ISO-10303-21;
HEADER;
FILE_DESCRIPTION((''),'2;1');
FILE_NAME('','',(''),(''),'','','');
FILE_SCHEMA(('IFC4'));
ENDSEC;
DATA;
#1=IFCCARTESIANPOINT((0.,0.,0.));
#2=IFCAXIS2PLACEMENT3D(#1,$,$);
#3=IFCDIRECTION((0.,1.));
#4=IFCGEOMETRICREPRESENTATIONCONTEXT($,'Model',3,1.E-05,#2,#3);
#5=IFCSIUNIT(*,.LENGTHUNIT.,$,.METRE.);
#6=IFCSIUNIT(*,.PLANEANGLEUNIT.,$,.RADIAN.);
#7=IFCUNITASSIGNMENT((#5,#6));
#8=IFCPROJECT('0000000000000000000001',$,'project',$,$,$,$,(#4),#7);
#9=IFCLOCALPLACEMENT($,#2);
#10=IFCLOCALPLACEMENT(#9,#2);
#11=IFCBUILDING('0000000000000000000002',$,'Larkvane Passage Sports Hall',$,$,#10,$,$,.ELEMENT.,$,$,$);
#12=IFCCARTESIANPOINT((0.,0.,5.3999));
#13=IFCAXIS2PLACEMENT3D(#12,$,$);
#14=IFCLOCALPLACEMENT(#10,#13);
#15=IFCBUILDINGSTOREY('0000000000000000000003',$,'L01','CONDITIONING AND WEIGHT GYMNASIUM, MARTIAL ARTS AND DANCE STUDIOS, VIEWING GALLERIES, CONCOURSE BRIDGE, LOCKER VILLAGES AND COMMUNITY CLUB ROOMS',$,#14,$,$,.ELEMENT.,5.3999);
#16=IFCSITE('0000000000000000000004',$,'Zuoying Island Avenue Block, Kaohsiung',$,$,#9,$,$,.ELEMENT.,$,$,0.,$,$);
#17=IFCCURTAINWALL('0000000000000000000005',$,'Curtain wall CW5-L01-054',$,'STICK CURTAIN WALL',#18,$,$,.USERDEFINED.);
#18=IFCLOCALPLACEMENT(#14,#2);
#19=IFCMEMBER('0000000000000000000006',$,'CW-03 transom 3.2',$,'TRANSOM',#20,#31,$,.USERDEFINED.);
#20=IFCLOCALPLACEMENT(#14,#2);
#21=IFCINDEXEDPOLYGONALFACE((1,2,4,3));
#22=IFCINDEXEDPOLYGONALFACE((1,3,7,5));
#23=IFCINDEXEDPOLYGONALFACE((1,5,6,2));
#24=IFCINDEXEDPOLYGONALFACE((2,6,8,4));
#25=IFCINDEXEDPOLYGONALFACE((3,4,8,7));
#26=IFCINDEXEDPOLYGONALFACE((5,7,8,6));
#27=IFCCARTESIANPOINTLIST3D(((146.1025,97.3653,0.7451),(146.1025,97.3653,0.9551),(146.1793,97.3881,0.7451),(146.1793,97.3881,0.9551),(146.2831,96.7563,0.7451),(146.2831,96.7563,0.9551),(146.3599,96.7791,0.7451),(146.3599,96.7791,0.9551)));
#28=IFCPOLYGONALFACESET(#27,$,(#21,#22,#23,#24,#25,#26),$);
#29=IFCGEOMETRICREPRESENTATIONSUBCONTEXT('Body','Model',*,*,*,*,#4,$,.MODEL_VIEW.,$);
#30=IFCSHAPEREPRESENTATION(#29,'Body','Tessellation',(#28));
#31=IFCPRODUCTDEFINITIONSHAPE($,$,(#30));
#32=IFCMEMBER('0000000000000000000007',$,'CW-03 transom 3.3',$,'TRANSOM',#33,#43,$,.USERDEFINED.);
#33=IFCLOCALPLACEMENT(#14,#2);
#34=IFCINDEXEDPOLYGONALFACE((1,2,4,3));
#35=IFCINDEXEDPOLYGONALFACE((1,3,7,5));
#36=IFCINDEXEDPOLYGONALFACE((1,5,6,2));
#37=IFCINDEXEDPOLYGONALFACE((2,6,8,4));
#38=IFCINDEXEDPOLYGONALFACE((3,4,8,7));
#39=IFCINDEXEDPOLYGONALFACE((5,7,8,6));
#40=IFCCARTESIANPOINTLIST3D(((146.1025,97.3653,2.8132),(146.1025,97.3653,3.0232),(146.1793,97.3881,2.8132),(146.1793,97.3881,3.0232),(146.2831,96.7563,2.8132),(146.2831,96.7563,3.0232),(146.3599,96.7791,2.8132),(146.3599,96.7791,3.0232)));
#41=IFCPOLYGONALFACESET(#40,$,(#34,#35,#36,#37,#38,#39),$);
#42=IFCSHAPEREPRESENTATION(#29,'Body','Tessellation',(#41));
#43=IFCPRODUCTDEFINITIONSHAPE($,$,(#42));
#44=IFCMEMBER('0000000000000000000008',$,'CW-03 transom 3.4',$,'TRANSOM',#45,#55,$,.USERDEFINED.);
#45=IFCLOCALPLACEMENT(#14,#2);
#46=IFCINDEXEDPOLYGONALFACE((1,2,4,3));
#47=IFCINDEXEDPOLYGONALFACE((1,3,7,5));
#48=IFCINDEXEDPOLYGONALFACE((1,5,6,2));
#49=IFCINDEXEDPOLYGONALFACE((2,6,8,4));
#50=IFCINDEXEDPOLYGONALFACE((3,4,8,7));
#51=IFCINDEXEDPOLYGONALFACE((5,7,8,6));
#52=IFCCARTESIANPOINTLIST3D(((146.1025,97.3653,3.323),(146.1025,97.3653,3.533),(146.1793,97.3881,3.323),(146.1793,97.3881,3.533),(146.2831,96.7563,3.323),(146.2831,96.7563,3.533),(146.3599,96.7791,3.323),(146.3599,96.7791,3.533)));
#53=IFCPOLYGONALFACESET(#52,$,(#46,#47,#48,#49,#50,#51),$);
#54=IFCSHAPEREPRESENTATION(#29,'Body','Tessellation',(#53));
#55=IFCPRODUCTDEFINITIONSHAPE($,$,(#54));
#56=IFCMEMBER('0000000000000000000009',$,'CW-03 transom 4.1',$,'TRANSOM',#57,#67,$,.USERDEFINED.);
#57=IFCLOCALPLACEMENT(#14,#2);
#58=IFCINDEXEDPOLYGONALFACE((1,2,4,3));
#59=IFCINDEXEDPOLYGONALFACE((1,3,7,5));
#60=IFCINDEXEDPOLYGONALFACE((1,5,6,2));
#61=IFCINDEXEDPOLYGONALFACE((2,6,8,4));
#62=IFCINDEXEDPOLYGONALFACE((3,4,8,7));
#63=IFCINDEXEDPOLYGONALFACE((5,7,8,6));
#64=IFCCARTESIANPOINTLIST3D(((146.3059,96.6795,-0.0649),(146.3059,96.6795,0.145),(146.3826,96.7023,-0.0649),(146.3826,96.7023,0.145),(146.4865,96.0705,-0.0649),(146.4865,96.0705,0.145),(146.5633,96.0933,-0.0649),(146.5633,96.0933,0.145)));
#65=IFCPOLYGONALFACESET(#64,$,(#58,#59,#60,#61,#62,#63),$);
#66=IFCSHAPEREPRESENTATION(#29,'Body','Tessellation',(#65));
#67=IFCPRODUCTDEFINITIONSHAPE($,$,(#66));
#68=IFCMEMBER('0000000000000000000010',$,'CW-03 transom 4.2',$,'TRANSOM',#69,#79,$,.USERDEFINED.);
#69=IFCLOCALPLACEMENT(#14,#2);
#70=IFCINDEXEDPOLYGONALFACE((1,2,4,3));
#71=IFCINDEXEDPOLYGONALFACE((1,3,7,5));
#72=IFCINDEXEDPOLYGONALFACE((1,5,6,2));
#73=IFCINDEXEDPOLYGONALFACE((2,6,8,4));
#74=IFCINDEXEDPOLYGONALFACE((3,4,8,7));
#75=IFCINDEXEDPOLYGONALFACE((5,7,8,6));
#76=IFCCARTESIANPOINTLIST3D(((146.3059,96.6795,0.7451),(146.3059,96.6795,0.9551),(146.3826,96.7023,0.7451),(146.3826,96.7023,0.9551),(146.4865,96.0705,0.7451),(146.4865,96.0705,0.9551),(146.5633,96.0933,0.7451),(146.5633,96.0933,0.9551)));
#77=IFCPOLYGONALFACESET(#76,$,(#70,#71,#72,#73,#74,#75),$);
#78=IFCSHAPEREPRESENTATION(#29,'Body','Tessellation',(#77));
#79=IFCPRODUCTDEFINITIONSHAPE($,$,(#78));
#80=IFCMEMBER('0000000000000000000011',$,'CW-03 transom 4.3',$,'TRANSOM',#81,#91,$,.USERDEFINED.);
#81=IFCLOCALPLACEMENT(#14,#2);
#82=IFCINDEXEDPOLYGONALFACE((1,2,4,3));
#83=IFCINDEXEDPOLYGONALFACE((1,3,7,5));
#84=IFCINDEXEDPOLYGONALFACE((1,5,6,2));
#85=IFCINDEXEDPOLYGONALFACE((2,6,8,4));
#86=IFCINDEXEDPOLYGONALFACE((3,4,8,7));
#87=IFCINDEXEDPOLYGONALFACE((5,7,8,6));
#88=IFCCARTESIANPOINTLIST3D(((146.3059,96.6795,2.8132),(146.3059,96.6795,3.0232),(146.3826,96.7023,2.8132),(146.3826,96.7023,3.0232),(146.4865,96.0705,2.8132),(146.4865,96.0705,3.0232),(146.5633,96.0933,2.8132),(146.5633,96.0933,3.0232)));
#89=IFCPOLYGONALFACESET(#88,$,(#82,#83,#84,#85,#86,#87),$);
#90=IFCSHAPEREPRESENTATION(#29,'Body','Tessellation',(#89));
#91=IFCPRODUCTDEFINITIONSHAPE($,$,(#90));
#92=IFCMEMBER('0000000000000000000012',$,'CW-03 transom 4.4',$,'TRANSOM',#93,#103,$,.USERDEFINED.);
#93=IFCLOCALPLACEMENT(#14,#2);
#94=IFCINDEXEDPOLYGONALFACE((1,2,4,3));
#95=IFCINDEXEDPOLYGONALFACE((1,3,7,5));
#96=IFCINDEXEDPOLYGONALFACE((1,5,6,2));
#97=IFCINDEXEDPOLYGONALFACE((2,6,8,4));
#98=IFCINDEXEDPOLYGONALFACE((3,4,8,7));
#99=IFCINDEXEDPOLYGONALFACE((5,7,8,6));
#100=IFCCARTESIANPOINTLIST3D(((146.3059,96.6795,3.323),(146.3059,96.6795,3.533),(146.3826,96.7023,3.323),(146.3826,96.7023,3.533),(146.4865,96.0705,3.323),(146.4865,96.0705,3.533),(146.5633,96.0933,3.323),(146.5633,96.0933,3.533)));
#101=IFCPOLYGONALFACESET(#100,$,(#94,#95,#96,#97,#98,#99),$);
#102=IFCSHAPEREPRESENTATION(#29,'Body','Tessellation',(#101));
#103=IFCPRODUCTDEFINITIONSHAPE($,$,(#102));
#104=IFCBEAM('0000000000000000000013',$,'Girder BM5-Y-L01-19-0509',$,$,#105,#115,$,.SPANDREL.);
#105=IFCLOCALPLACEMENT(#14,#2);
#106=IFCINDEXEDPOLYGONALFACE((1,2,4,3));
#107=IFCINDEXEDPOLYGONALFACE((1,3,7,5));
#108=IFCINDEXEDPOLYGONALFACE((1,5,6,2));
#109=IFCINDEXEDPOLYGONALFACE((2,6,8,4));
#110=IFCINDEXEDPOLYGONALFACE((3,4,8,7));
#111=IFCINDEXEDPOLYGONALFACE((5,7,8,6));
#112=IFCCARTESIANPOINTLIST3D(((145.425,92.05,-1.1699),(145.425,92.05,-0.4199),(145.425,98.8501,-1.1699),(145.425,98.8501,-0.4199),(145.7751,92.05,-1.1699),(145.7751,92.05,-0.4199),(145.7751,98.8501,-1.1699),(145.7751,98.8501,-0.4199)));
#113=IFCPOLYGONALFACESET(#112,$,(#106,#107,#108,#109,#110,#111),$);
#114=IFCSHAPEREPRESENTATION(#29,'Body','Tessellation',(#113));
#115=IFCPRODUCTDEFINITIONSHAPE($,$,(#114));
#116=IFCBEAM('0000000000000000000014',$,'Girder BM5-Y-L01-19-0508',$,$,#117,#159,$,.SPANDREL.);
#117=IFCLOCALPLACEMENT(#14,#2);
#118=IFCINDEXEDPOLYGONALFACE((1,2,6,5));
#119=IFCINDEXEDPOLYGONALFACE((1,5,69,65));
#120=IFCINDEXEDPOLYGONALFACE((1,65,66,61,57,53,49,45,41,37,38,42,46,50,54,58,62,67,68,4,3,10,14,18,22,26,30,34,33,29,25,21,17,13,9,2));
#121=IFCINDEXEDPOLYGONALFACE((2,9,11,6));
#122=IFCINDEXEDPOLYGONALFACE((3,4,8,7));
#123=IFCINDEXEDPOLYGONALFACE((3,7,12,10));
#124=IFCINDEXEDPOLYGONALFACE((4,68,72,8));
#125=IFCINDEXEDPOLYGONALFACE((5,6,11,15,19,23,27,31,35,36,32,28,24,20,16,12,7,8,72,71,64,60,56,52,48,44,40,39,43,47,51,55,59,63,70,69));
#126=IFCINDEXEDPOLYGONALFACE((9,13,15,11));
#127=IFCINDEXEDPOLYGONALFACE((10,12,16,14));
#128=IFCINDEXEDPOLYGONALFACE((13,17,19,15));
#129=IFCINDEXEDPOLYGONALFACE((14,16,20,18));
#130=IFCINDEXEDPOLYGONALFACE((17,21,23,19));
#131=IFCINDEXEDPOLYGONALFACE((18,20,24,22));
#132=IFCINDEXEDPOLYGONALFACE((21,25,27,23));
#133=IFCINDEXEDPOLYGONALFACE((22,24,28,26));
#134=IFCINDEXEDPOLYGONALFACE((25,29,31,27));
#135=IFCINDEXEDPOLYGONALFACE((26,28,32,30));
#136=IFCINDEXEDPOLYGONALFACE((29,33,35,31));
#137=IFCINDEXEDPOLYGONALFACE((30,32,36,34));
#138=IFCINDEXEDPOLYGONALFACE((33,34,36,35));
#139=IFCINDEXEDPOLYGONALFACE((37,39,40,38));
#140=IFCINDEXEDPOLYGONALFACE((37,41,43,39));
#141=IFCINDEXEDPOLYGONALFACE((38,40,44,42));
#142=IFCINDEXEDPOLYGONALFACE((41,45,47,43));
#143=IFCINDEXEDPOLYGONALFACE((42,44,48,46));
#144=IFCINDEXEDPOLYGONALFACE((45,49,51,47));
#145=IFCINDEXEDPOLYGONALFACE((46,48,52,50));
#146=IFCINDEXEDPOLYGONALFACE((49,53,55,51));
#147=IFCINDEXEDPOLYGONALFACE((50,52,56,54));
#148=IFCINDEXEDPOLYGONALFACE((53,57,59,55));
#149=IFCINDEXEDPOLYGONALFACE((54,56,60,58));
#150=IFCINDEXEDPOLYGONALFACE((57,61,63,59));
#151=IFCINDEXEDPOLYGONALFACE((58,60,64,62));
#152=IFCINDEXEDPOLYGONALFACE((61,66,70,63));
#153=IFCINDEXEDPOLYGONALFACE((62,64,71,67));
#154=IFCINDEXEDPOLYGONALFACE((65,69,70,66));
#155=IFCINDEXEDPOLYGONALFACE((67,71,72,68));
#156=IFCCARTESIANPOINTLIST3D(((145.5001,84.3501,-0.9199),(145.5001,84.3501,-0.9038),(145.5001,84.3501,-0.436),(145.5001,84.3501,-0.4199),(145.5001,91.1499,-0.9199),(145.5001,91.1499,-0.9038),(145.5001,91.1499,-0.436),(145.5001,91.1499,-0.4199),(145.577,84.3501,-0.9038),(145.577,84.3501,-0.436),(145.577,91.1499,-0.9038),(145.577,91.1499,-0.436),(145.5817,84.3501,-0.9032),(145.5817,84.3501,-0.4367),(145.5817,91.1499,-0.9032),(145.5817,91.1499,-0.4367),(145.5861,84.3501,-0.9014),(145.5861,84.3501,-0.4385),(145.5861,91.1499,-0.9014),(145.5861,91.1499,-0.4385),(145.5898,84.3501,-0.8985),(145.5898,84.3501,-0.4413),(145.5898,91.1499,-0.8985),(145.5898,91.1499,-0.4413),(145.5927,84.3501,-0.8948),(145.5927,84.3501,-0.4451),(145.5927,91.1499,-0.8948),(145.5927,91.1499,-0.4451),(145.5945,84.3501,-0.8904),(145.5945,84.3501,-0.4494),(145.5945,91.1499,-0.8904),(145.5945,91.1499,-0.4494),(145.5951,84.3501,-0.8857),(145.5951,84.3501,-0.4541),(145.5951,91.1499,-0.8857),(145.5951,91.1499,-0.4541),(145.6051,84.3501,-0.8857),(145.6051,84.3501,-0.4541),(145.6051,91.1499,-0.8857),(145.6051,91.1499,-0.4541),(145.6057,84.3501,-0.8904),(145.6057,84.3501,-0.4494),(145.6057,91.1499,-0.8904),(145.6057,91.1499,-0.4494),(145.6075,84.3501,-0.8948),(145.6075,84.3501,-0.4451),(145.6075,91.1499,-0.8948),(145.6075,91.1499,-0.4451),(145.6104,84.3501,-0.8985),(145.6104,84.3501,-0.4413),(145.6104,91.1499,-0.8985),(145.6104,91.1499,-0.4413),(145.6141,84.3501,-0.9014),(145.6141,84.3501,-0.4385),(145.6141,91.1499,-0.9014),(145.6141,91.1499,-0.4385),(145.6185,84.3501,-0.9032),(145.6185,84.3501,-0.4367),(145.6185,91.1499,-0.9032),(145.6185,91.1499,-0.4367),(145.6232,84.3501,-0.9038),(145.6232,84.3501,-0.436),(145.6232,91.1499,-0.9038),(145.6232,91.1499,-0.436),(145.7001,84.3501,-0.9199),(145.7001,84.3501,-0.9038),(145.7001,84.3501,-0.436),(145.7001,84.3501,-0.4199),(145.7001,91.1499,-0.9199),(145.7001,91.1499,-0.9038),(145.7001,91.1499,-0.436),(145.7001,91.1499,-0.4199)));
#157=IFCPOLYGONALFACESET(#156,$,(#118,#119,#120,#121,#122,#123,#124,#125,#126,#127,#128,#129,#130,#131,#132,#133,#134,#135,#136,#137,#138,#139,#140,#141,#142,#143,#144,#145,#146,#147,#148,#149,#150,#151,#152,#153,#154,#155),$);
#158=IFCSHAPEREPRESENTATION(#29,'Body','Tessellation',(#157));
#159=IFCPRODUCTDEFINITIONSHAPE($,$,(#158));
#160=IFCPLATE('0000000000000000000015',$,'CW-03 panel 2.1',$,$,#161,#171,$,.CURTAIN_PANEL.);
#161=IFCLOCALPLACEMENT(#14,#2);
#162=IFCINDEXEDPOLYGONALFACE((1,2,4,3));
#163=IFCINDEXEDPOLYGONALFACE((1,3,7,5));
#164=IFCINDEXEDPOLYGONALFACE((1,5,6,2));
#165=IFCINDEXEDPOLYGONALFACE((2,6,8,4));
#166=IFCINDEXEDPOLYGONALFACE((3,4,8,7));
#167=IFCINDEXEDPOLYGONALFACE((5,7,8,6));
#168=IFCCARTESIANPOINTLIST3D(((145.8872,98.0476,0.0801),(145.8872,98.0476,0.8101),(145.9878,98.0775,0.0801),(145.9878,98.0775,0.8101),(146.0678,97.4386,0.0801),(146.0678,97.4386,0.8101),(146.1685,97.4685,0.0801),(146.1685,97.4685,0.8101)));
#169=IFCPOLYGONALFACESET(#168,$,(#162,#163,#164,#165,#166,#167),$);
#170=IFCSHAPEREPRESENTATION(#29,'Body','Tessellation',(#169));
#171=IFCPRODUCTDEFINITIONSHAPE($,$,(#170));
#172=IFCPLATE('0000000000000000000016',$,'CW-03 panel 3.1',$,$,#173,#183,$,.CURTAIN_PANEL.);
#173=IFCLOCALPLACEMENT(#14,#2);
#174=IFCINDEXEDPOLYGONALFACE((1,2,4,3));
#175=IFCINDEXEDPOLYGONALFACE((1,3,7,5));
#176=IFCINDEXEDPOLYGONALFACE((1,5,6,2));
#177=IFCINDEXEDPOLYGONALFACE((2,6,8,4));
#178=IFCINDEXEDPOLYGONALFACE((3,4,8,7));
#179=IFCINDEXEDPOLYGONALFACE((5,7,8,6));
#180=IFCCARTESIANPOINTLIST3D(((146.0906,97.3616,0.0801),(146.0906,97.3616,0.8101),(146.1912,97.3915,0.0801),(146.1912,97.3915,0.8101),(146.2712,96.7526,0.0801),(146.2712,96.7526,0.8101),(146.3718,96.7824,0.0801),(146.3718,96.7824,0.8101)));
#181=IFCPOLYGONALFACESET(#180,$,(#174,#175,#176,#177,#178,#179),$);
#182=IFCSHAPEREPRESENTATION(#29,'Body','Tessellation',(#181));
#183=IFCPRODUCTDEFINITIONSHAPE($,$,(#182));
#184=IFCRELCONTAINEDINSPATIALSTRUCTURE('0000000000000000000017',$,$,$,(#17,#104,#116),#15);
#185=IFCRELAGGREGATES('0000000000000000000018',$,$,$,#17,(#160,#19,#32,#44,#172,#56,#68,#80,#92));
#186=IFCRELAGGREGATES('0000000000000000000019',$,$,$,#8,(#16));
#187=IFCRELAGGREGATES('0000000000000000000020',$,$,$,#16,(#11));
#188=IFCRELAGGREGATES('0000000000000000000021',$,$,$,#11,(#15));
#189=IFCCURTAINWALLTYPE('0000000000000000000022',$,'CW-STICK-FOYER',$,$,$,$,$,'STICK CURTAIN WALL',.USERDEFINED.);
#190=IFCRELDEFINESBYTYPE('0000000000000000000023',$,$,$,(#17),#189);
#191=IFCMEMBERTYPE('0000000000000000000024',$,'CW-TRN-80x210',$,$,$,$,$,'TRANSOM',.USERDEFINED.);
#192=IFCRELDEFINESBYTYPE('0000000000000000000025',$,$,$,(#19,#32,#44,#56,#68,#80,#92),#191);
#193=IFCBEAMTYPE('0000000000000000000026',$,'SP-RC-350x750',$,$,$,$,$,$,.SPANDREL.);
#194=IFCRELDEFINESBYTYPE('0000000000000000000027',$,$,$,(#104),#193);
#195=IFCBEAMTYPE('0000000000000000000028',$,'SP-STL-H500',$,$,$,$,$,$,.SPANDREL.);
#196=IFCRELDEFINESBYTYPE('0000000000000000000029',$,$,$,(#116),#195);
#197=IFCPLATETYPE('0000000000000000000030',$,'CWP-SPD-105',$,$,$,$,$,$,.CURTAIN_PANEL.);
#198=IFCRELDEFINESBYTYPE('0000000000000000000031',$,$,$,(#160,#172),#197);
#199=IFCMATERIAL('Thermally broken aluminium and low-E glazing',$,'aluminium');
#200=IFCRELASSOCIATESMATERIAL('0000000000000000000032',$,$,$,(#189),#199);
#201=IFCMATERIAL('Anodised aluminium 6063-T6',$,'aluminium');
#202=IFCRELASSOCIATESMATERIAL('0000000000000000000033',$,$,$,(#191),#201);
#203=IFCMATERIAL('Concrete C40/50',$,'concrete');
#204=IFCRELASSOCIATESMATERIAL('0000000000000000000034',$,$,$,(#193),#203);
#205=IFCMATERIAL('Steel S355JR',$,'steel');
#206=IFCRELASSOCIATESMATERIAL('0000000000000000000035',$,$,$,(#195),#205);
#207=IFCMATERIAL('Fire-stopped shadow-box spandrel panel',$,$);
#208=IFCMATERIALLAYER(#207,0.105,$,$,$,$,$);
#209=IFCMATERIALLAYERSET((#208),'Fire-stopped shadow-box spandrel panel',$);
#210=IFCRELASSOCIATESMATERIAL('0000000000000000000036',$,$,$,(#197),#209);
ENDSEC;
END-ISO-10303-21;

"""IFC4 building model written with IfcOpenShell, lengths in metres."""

from ifc_helpers import new_model, si_unit, direction, frame, origin, origin_2d, place, context, subcontext, project, spatial, rectangle, i_section, extrude, material, layer, layer_set, material_profile, profile_set, type_object, element, aggregate, save


model = new_model("IFC4")

# Units and contexts
model_context = context("Model", 3, precision=1e-05, world=origin(), true_north=direction((0.0, 1.0)))
body_context = subcontext(model_context, "Body", "Model", "MODEL_VIEW")
ifc_project = project(units=[si_unit("LENGTHUNIT", "METRE"), si_unit("PLANEANGLEUNIT", "RADIAN")], contexts=[model_context])

# Site, building, storey
site_placement = place(None, origin())
site = spatial("IfcSite", under=ifc_project, at=site_placement, Name="Zuoying Island Avenue Block, Kaohsiung", CompositionType="ELEMENT", RefElevation=0.0)
building_placement = place(site_placement, origin())
building = spatial("IfcBuilding", under=site, at=building_placement, Name="Larkvane Passage Sports Hall", CompositionType="ELEMENT")
storey_placement = place(building_placement, frame((0.0, 0.0, 5.3999)))
storey = spatial("IfcBuildingStorey", under=building, at=storey_placement, Name="L01", Description="CONDITIONING AND WEIGHT GYMNASIUM, MARTIAL ARTS AND DANCE STUDIOS, VIEWING GALLERIES, CONCOURSE BRIDGE, LOCKER VILLAGES AND COMMUNITY CLUB ROOMS", CompositionType="ELEMENT", Elevation=5.3999)

# Curtain wall, members
ifc_material_1 = material(Name="Thermally broken aluminium and low-E glazing", Category="aluminium")
curtain_wall_type = type_object("IfcCurtainWallType", Name="CW-STICK-FOYER", ElementType="STICK CURTAIN WALL", PredefinedType="USERDEFINED", material=ifc_material_1)
curtain_wall_placement = place(storey_placement, origin())
curtain_wall = element("IfcCurtainWall", 1, at=curtain_wall_placement, inside=storey, type_object=curtain_wall_type, Name="Curtain wall CW5-L01-054", ObjectType="STICK CURTAIN WALL", PredefinedType="USERDEFINED")
ifc_material_2 = material(Name="Anodised aluminium 6063-T6", Category="aluminium")
ifc_material_profile_1 = material_profile(ifc_material_2, rectangle(XDim=0.0801, YDim=0.21, at=origin_2d()), Name="ALU-TRN-80x210")
ifc_profile_set_1 = profile_set([ifc_material_profile_1], Name="Anodised aluminium 6063-T6")
member_type_1 = type_object("IfcMemberType", Name="CW-TRN-80x210", ElementType="TRANSOM", PredefinedType="USERDEFINED", material=ifc_profile_set_1)
member_1_placement = place(storey_placement, frame((146.1409, 97.3767, 0.8501), z_axis=(0.28435, -0.958721, 0.0), x_axis=(0.958721, 0.28435, 0.0)))
member_1 = element("IfcMember", 2, at=member_1_placement, type_object=member_type_1, Name="CW-03 transom 3.2", ObjectType="TRANSOM", PredefinedType="USERDEFINED", context=body_context, shape_type="SweptSolid", body=[
    extrude(rectangle(XDim=0.0801, YDim=0.21, at=origin_2d()), origin(), (0.0, 0.0, 1.0), 0.6353),
])
member_2_placement = place(storey_placement, frame((146.1409, 97.3767, 2.9182), z_axis=(0.28435, -0.958721, 0.0), x_axis=(0.958721, 0.28435, 0.0)))
member_2 = element("IfcMember", 3, at=member_2_placement, type_object=member_type_1, Name="CW-03 transom 3.3", ObjectType="TRANSOM", PredefinedType="USERDEFINED", context=body_context, shape_type="SweptSolid", body=[
    extrude(rectangle(XDim=0.0801, YDim=0.21, at=origin_2d()), origin(), (0.0, 0.0, 1.0), 0.6353),
])
member_3_placement = place(storey_placement, frame((146.1409, 97.3767, 3.428), z_axis=(0.28435, -0.958721, 0.0), x_axis=(0.958721, 0.28435, 0.0)))
member_3 = element("IfcMember", 4, at=member_3_placement, type_object=member_type_1, Name="CW-03 transom 3.4", ObjectType="TRANSOM", PredefinedType="USERDEFINED", context=body_context, shape_type="SweptSolid", body=[
    extrude(rectangle(XDim=0.0801, YDim=0.21, at=origin_2d()), origin(), (0.0, 0.0, 1.0), 0.6353),
])
member_4_placement = place(storey_placement, frame((146.3442, 96.6909, 0.04), z_axis=(0.28435, -0.958721, 0.0), x_axis=(0.958721, 0.28435, 0.0)))
member_4 = element("IfcMember", 5, at=member_4_placement, type_object=member_type_1, Name="CW-03 transom 4.1", ObjectType="TRANSOM", PredefinedType="USERDEFINED", context=body_context, shape_type="SweptSolid", body=[
    extrude(rectangle(XDim=0.0801, YDim=0.21, at=origin_2d()), origin(), (0.0, 0.0, 1.0), 0.6353),
])
member_5_placement = place(storey_placement, frame((146.3442, 96.6909, 0.8501), z_axis=(0.28435, -0.958721, 0.0), x_axis=(0.958721, 0.28435, 0.0)))
member_5 = element("IfcMember", 6, at=member_5_placement, type_object=member_type_1, Name="CW-03 transom 4.2", ObjectType="TRANSOM", PredefinedType="USERDEFINED", context=body_context, shape_type="SweptSolid", body=[
    extrude(rectangle(XDim=0.0801, YDim=0.21, at=origin_2d()), origin(), (0.0, 0.0, 1.0), 0.6353),
])
member_6_placement = place(storey_placement, frame((146.3442, 96.6909, 2.9182), z_axis=(0.28435, -0.958721, 0.0), x_axis=(0.958721, 0.28435, 0.0)))
member_6 = element("IfcMember", 7, at=member_6_placement, type_object=member_type_1, Name="CW-03 transom 4.3", ObjectType="TRANSOM", PredefinedType="USERDEFINED", context=body_context, shape_type="SweptSolid", body=[
    extrude(rectangle(XDim=0.0801, YDim=0.21, at=origin_2d()), origin(), (0.0, 0.0, 1.0), 0.6353),
])
member_7_placement = place(storey_placement, frame((146.3442, 96.6909, 3.428), z_axis=(0.28435, -0.958721, 0.0), x_axis=(0.958721, 0.28435, 0.0)))
member_7 = element("IfcMember", 8, at=member_7_placement, type_object=member_type_1, Name="CW-03 transom 4.4", ObjectType="TRANSOM", PredefinedType="USERDEFINED", context=body_context, shape_type="SweptSolid", body=[
    extrude(rectangle(XDim=0.0801, YDim=0.21, at=origin_2d()), origin(), (0.0, 0.0, 1.0), 0.6353),
])

# Beams
ifc_material_3 = material(Name="Concrete C40/50", Category="concrete")
ifc_material_profile_2 = material_profile(ifc_material_3, rectangle(XDim=0.3501, YDim=0.75, at=origin_2d()), Name="RC-SP-350x750")
ifc_profile_set_2 = profile_set([ifc_material_profile_2], Name="Concrete C40/50")
beam_type_1 = type_object("IfcBeamType", Name="SP-RC-350x750", PredefinedType="SPANDREL", material=ifc_profile_set_2)
beam_1_placement = place(storey_placement, frame((145.6001, 92.05, -0.7949), z_axis=(0.0, 1.0, 0.0), x_axis=(-1.0, 0.0, 0.0)))
element("IfcBeam", 9, at=beam_1_placement, inside=storey, type_object=beam_type_1, Name="Girder BM5-Y-L01-19-0509", PredefinedType="SPANDREL", context=body_context, shape_type="SweptSolid", body=[
    extrude(rectangle(XDim=0.3501, YDim=0.75, at=origin_2d()), origin(), (0.0, 0.0, 1.0), 6.8),
])
ifc_material_4 = material(Name="Steel S355JR", Category="steel")
ifc_material_profile_3 = material_profile(ifc_material_4, i_section(OverallWidth=0.2, OverallDepth=0.5, WebThickness=0.01, FlangeThickness=0.0161, FilletRadius=0.0181, at=origin_2d()), Name="H-500x200x10x16")
ifc_profile_set_3 = profile_set([ifc_material_profile_3], Name="Steel S355JR")
beam_type_2 = type_object("IfcBeamType", Name="SP-STL-H500", PredefinedType="SPANDREL", material=ifc_profile_set_3)
beam_2_placement = place(storey_placement, frame((145.6001, 84.3501, -0.6699), z_axis=(0.0, 1.0, 0.0), x_axis=(-1.0, 0.0, 0.0)))
element("IfcBeam", 10, at=beam_2_placement, inside=storey, type_object=beam_type_2, Name="Girder BM5-Y-L01-19-0508", PredefinedType="SPANDREL", context=body_context, shape_type="SweptSolid", body=[
    extrude(i_section(OverallWidth=0.2, OverallDepth=0.5, WebThickness=0.01, FlangeThickness=0.0161, FilletRadius=0.0181, at=origin_2d()), origin(), (0.0, 0.0, 1.0), 6.7998),
])

# Plates
ifc_material_5 = material(Name="Fire-stopped shadow-box spandrel panel")
ifc_layer_1 = layer(ifc_material_5, 0.105)
ifc_layer_set_1 = layer_set([ifc_layer_1], Name="Fire-stopped shadow-box spandrel panel")
plate_type_1 = type_object("IfcPlateType", Name="CWP-SPD-105", PredefinedType="CURTAIN_PANEL", material=ifc_layer_set_1)
plate_1_placement = place(storey_placement, frame((146.0278, 97.7581, 0.0801), z_axis=(0.0, 0.0, 1.0), x_axis=(0.284363, -0.958717, 0.0)))
plate_1 = element("IfcPlate", 11, at=plate_1_placement, type_object=plate_type_1, Name="CW-03 panel 2.1", PredefinedType="CURTAIN_PANEL", context=body_context, shape_type="SweptSolid", body=[
    extrude(rectangle(XDim=0.6353, YDim=0.105, at=origin_2d()), origin(), (0.0, 0.0, 1.0), 0.73),
])
plate_2_placement = place(storey_placement, frame((146.2312, 97.072, 0.0801), z_axis=(0.0, 0.0, 1.0), x_axis=(0.284363, -0.958717, 0.0)))
plate_2 = element("IfcPlate", 12, at=plate_2_placement, type_object=plate_type_1, Name="CW-03 panel 3.1", PredefinedType="CURTAIN_PANEL", context=body_context, shape_type="SweptSolid", body=[
    extrude(rectangle(XDim=0.6353, YDim=0.105, at=origin_2d()), origin(), (0.0, 0.0, 1.0), 0.73),
])
aggregate(curtain_wall, [plate_1, member_1, member_2, member_3, plate_2, member_4, member_5, member_6, member_7])

save(model, "model.ifc")
